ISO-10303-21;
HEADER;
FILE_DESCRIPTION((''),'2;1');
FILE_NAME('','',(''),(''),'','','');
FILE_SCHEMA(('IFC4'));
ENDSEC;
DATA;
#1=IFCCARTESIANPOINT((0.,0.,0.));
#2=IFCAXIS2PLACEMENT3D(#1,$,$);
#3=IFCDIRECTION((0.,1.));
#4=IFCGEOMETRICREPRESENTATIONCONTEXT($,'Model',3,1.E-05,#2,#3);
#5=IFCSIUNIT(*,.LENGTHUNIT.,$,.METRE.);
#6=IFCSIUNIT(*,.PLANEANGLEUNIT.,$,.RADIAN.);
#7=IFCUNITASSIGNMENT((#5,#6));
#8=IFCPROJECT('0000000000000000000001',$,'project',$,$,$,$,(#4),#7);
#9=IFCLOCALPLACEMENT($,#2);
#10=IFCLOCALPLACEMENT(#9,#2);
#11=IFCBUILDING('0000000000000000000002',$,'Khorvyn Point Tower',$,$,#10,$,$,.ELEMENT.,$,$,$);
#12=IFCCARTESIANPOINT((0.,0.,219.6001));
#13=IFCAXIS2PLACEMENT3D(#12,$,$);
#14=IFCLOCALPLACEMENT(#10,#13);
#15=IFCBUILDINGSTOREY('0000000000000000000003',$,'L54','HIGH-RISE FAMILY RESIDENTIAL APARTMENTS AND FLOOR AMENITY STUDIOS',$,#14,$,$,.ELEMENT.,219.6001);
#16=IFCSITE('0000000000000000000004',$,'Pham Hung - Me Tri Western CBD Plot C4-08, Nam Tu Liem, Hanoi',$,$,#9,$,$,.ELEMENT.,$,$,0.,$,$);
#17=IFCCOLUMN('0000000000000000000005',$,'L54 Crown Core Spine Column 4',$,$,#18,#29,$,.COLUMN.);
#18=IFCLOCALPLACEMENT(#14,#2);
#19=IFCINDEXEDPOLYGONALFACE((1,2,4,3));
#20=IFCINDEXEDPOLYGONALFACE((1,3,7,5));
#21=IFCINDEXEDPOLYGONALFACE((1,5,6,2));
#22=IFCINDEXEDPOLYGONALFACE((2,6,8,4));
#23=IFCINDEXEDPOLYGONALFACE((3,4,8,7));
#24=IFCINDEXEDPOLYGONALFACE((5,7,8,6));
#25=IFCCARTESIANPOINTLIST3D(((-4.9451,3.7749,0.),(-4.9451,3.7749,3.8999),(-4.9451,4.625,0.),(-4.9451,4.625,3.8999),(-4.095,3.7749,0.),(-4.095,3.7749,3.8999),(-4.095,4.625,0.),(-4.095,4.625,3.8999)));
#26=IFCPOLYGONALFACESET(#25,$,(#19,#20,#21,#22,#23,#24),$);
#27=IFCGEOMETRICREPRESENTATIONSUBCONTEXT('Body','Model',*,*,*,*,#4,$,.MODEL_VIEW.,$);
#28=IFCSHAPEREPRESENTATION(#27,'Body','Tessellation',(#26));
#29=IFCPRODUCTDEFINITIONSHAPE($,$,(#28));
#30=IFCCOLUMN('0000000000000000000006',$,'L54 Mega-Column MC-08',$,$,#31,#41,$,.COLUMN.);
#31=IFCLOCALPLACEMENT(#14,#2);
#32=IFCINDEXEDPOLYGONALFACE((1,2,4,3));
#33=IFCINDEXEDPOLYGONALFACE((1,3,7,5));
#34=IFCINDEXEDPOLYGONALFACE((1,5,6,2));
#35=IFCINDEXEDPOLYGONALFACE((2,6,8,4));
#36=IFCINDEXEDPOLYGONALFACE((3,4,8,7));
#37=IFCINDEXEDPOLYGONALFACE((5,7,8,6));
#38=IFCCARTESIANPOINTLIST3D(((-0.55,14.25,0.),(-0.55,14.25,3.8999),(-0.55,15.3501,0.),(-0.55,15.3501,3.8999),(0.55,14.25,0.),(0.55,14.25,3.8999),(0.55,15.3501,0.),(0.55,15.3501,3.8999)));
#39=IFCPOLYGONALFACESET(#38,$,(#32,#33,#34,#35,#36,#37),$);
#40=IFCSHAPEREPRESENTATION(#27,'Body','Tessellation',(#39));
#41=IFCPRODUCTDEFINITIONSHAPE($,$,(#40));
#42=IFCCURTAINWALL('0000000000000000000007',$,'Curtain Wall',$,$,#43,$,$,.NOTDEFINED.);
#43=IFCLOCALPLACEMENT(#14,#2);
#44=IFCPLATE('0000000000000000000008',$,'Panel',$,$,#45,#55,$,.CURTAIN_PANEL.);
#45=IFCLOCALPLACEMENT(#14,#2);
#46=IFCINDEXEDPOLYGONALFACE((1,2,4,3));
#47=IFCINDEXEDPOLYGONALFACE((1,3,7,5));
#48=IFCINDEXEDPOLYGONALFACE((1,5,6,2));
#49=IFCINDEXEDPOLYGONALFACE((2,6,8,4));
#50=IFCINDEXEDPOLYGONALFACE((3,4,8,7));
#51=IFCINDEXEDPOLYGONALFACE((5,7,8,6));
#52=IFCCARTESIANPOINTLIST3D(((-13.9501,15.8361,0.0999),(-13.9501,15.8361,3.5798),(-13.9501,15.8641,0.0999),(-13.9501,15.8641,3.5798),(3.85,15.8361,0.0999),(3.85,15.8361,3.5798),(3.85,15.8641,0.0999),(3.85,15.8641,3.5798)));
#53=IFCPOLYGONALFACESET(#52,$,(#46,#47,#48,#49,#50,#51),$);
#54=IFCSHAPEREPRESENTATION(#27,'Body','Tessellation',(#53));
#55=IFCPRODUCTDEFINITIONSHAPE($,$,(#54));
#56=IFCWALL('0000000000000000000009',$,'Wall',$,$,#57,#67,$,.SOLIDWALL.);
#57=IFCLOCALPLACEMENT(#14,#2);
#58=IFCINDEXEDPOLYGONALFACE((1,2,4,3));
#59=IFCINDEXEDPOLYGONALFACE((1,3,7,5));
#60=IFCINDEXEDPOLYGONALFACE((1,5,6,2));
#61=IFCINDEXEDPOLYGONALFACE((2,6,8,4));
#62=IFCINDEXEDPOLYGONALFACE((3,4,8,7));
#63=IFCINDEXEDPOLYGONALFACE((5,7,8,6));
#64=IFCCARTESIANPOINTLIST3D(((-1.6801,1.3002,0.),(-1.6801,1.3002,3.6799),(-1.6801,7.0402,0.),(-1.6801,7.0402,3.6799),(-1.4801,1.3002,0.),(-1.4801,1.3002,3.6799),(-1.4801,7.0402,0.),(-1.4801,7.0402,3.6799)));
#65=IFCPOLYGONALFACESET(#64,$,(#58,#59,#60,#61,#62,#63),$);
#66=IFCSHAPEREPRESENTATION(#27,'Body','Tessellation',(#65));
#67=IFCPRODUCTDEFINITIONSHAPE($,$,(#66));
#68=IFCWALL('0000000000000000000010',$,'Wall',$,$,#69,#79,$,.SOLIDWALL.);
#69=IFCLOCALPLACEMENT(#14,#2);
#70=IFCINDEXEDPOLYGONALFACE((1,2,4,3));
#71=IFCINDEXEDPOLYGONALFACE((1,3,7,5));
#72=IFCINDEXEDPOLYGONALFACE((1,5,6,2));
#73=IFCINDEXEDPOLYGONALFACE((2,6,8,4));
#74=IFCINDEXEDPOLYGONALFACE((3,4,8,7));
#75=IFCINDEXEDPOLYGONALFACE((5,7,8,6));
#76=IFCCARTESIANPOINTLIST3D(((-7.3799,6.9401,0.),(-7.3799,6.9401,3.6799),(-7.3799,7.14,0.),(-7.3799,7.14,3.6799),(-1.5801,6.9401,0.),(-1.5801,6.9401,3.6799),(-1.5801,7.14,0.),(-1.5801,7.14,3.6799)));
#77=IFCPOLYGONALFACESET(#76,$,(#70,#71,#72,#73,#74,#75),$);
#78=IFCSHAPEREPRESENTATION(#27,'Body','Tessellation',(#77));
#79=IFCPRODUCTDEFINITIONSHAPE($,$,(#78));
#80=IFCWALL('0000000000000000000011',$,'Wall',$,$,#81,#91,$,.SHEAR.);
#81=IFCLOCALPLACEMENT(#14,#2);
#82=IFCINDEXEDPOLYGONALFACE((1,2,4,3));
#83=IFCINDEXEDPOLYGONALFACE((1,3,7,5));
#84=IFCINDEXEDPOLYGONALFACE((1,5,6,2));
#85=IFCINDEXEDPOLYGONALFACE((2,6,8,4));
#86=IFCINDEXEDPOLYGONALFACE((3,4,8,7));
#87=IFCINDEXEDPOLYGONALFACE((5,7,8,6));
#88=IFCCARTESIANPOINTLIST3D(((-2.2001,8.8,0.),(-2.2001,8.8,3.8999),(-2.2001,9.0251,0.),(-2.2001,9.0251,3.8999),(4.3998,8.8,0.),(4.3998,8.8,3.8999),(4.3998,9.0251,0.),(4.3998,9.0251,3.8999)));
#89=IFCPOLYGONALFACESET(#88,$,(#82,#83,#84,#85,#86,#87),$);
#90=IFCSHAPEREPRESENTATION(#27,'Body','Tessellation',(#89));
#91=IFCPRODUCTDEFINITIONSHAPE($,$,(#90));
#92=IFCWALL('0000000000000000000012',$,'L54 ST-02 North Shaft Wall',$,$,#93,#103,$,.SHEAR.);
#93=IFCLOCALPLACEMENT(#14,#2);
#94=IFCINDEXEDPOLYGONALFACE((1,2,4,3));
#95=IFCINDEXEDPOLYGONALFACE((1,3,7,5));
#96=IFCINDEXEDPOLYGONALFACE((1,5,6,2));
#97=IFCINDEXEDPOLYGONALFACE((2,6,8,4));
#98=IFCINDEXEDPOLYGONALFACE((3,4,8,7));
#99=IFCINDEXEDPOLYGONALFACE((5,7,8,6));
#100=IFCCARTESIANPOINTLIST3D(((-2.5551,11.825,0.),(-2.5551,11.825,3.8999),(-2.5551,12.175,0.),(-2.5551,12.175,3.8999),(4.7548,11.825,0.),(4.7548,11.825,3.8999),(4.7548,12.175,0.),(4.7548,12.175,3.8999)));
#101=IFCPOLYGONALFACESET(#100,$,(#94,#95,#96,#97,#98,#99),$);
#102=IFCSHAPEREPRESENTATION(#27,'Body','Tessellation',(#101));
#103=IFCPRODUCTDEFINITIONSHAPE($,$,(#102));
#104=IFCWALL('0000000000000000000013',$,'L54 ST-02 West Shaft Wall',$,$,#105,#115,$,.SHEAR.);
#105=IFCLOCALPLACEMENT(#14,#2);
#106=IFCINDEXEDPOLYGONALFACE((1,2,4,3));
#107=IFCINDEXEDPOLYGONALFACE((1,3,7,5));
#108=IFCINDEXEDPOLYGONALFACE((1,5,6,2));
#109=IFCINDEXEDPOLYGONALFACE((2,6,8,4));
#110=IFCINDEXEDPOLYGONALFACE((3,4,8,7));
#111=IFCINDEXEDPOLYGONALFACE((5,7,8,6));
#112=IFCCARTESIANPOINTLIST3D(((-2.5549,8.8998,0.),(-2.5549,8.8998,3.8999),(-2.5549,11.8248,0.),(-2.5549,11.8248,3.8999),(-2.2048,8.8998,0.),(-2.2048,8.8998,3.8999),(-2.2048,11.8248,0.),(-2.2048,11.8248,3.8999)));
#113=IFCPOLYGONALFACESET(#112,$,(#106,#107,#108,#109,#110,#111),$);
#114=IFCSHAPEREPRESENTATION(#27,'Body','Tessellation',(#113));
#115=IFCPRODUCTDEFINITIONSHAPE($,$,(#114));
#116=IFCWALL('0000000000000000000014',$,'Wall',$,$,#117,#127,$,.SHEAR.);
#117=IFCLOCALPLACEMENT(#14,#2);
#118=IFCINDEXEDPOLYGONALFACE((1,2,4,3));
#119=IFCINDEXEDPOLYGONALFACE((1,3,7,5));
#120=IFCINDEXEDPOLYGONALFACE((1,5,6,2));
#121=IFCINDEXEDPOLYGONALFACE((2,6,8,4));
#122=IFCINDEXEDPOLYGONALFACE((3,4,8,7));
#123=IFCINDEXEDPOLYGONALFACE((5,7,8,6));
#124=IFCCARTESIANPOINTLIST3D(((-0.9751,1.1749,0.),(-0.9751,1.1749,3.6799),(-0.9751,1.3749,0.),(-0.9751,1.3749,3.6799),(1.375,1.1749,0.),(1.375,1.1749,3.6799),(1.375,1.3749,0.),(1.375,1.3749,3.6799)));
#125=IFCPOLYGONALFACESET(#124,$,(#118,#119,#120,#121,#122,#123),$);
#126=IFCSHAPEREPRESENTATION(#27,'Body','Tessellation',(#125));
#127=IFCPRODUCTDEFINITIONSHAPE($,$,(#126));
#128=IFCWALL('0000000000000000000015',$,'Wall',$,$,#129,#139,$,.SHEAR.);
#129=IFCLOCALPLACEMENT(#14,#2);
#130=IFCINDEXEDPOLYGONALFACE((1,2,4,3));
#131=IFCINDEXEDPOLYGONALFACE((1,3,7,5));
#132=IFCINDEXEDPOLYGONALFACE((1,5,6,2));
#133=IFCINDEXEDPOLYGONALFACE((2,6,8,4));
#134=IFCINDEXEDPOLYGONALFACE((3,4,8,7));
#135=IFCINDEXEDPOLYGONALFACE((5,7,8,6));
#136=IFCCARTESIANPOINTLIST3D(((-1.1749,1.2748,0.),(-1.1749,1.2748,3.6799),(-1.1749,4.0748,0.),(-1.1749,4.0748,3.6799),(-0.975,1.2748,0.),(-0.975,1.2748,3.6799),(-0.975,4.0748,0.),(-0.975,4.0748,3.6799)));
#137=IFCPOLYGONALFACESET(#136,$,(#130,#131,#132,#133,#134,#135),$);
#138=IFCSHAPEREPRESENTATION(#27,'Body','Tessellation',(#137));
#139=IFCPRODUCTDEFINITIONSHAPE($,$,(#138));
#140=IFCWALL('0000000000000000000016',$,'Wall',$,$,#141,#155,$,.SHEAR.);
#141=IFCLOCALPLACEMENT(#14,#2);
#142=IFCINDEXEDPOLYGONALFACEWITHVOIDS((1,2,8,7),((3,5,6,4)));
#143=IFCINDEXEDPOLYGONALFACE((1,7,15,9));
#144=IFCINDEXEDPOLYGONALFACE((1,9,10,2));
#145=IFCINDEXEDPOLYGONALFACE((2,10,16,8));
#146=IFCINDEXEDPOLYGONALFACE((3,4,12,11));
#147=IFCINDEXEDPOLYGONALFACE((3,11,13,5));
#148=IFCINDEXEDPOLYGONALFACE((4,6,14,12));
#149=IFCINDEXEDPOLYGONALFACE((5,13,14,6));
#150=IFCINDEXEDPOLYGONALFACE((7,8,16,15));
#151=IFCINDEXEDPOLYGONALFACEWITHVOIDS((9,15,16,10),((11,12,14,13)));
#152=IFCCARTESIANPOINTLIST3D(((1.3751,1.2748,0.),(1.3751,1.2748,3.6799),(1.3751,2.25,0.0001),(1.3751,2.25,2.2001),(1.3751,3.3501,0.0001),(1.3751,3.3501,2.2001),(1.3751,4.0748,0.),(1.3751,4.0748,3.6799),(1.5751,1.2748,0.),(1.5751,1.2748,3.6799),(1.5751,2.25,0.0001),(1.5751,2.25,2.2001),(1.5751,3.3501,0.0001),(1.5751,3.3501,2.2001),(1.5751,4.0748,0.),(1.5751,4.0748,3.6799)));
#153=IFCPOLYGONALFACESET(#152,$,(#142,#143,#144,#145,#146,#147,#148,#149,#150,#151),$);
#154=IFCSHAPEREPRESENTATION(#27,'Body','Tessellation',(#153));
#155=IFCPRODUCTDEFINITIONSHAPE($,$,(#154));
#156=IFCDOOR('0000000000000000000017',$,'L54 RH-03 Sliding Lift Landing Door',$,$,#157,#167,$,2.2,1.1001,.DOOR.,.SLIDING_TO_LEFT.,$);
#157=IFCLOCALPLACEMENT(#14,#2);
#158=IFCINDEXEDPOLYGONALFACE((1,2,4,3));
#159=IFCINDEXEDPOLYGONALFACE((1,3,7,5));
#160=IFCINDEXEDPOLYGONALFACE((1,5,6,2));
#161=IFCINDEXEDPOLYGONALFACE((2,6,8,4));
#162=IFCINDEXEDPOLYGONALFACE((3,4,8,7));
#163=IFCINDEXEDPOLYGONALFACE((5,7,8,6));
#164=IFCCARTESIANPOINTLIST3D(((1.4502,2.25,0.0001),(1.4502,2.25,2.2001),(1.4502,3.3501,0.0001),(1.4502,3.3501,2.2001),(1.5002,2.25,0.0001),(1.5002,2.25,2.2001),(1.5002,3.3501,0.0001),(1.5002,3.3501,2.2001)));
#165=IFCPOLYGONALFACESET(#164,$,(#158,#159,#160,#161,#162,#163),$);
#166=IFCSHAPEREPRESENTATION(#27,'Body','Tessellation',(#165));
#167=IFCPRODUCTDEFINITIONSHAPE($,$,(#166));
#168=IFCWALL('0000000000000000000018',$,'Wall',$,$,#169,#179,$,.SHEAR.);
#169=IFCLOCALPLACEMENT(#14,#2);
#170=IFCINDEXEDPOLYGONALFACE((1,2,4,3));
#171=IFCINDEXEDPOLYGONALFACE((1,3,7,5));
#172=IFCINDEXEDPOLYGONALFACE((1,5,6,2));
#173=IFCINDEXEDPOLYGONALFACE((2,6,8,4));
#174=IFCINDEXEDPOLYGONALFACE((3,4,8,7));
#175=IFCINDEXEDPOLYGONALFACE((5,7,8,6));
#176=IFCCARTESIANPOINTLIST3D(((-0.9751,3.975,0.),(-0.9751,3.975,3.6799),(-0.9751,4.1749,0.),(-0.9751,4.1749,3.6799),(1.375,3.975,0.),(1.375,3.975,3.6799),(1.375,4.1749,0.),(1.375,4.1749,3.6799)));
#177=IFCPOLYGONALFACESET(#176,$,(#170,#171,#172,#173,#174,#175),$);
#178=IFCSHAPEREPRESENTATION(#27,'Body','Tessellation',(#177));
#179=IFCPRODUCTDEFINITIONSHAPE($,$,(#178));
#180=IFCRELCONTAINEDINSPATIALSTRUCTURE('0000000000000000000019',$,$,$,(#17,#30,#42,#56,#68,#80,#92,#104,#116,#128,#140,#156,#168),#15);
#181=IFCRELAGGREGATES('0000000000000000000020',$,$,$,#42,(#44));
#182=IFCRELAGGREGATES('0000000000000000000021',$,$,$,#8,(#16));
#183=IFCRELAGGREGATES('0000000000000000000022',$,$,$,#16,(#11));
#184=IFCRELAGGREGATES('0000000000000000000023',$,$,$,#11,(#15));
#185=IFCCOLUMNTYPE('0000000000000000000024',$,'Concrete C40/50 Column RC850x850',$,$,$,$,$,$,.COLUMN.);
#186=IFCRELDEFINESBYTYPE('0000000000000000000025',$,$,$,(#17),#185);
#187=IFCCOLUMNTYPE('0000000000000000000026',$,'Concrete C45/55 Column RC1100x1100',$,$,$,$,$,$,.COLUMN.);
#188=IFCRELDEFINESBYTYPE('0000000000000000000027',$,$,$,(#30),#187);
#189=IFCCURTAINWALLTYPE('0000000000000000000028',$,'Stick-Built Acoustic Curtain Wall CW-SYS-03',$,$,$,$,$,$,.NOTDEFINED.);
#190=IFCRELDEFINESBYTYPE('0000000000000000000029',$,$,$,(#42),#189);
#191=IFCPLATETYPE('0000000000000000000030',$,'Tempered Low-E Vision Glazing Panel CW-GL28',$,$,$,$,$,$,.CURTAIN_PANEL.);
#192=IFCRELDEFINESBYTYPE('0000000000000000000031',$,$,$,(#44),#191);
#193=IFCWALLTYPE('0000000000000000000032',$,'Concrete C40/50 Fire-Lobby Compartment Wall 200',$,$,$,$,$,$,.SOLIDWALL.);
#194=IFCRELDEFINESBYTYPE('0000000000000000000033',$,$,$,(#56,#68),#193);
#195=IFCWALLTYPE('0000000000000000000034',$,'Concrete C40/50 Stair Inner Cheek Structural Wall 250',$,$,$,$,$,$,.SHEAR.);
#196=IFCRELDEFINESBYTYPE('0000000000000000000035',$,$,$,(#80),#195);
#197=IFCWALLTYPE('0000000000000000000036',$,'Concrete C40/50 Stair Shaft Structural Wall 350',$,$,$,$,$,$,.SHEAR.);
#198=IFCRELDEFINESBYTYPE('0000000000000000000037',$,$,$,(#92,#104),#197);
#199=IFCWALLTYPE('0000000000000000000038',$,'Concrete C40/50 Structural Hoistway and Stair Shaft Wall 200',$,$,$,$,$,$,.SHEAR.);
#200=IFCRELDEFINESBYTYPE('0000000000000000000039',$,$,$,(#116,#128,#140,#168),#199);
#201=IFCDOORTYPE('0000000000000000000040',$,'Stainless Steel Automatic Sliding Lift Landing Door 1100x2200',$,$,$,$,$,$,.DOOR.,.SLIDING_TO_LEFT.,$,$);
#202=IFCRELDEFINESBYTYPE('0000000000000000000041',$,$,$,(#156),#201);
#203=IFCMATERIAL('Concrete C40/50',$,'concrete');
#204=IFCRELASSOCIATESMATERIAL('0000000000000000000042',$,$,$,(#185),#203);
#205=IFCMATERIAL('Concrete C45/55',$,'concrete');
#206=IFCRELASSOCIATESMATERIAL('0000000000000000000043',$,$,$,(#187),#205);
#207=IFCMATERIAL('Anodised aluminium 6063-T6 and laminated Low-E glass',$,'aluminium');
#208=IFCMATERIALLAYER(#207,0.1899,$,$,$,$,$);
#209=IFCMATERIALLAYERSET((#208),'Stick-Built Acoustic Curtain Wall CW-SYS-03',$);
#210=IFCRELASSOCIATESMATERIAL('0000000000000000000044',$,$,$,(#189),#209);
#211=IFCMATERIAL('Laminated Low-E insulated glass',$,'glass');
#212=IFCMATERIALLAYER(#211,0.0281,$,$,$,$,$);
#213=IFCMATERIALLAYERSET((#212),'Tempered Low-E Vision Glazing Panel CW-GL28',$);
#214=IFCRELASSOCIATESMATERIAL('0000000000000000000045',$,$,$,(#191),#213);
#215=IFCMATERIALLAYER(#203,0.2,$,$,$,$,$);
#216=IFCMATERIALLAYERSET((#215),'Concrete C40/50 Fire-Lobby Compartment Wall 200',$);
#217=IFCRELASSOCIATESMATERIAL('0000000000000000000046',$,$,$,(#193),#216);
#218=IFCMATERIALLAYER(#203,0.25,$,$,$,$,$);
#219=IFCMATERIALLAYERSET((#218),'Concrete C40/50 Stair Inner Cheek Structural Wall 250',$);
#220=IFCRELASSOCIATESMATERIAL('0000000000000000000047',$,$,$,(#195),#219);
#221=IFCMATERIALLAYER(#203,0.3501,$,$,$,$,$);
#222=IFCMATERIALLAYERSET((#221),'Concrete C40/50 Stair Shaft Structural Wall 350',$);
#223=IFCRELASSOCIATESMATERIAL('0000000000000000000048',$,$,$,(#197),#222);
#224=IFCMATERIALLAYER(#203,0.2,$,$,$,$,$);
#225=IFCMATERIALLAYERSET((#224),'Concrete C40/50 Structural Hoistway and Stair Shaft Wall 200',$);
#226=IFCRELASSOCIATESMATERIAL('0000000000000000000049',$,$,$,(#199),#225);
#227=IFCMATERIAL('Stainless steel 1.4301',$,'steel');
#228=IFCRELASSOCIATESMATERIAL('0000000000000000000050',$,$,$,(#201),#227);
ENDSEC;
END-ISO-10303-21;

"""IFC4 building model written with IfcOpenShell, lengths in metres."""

from ifc_helpers import new_model, si_unit, direction, frame, frame_2d, origin, origin_2d, place, context, subcontext, project, spatial, rectangle, extrude, material, layer, layer_set, material_profile, profile_set, type_object, element, fill, aggregate, save


model = new_model("IFC4")

# Units and contexts
model_context = context("Model", 3, precision=1e-05, world=origin(), true_north=direction((0.0, 1.0)))
body_context = subcontext(model_context, "Body", "Model", "MODEL_VIEW")
ifc_project = project(units=[si_unit("LENGTHUNIT", "METRE"), si_unit("PLANEANGLEUNIT", "RADIAN")], contexts=[model_context])

# Site, building, storey
site_placement = place(None, origin())
site = spatial("IfcSite", under=ifc_project, at=site_placement, Name="Pham Hung - Me Tri Western CBD Plot C4-08, Nam Tu Liem, Hanoi", CompositionType="ELEMENT", RefElevation=0.0)
building_placement = place(site_placement, origin())
building = spatial("IfcBuilding", under=site, at=building_placement, Name="Khorvyn Point Tower", CompositionType="ELEMENT")
storey_placement = place(building_placement, frame((0.0, 0.0, 219.6001)))
storey = spatial("IfcBuildingStorey", under=building, at=storey_placement, Name="L54", Description="HIGH-RISE FAMILY RESIDENTIAL APARTMENTS AND FLOOR AMENITY STUDIOS", CompositionType="ELEMENT", Elevation=219.6001)

# Columns
ifc_material_1 = material(Name="Concrete C40/50", Category="concrete")
ifc_material_profile_1 = material_profile(ifc_material_1, rectangle(XDim=0.8501, YDim=0.8501, at=origin_2d()))
ifc_profile_set_1 = profile_set([ifc_material_profile_1], Name="Concrete C40/50 RC850x850")
column_type_1 = type_object("IfcColumnType", Name="Concrete C40/50 Column RC850x850", PredefinedType="COLUMN", material=ifc_profile_set_1)
column_1_placement = place(storey_placement, frame((-4.52, 4.2, 0.0), z_axis=(0.0, 0.0, 1.0), x_axis=(1.0, 0.0, 0.0)))
element("IfcColumn", 1, at=column_1_placement, inside=storey, type_object=column_type_1, Name="L54 Crown Core Spine Column 4", PredefinedType="COLUMN", context=body_context, shape_type="SweptSolid", body=[
    extrude(rectangle(XDim=0.8501, YDim=0.8501, at=origin_2d()), origin(), (0.0, 0.0, 1.0), 3.8999),
])
ifc_material_2 = material(Name="Concrete C45/55", Category="concrete")
ifc_material_profile_2 = material_profile(ifc_material_2, rectangle(XDim=1.1001, YDim=1.1001, at=origin_2d()))
ifc_profile_set_2 = profile_set([ifc_material_profile_2], Name="Concrete C45/55 RC1100x1100")
column_type_2 = type_object("IfcColumnType", Name="Concrete C45/55 Column RC1100x1100", PredefinedType="COLUMN", material=ifc_profile_set_2)
column_2_placement = place(storey_placement, frame((0.0, 14.8, 0.0), z_axis=(0.0, 0.0, 1.0), x_axis=(1.0, 0.0, 0.0)))
element("IfcColumn", 2, at=column_2_placement, inside=storey, type_object=column_type_2, Name="L54 Mega-Column MC-08", PredefinedType="COLUMN", context=body_context, shape_type="SweptSolid", body=[
    extrude(rectangle(XDim=1.1001, YDim=1.1001, at=origin_2d()), origin(), (0.0, 0.0, 1.0), 3.8999),
])

# Curtain wall, plate
ifc_material_3 = material(Name="Anodised aluminium 6063-T6 and laminated Low-E glass", Category="aluminium")
ifc_layer_1 = layer(ifc_material_3, 0.1899)
ifc_layer_set_1 = layer_set([ifc_layer_1], Name="Stick-Built Acoustic Curtain Wall CW-SYS-03")
curtain_wall_type = type_object("IfcCurtainWallType", Name="Stick-Built Acoustic Curtain Wall CW-SYS-03", PredefinedType="NOTDEFINED", material=ifc_layer_set_1)
curtain_wall_placement = place(storey_placement, origin())
curtain_wall = element("IfcCurtainWall", 3, at=curtain_wall_placement, inside=storey, type_object=curtain_wall_type, Name="Curtain Wall", PredefinedType="NOTDEFINED")
ifc_material_4 = material(Name="Laminated Low-E insulated glass", Category="glass")
ifc_layer_2 = layer(ifc_material_4, 0.0281)
ifc_layer_set_2 = layer_set([ifc_layer_2], Name="Tempered Low-E Vision Glazing Panel CW-GL28")
plate_type = type_object("IfcPlateType", Name="Tempered Low-E Vision Glazing Panel CW-GL28", PredefinedType="CURTAIN_PANEL", material=ifc_layer_set_2)
plate_placement = place(storey_placement, frame((-5.05, 15.8501, 0.0999), z_axis=(0.0, 0.0, 1.0), x_axis=(1.0, 0.0, 0.0)))
plate = element("IfcPlate", 4, at=plate_placement, type_object=plate_type, Name="Panel", PredefinedType="CURTAIN_PANEL", context=body_context, shape_type="SweptSolid", body=[
    extrude(rectangle(XDim=17.8, YDim=0.0281, at=origin_2d()), origin(), (0.0, 0.0, 1.0), 3.48),
])
aggregate(curtain_wall, [plate])

# Walls
ifc_layer_3 = layer(ifc_material_1, 0.2)
ifc_layer_set_3 = layer_set([ifc_layer_3], Name="Concrete C40/50 Fire-Lobby Compartment Wall 200")
wall_type_1 = type_object("IfcWallType", Name="Concrete C40/50 Fire-Lobby Compartment Wall 200", PredefinedType="SOLIDWALL", material=ifc_layer_set_3)
wall_1_placement = place(storey_placement, frame((-1.5801, 1.3, 0.0), z_axis=(0.0, 0.0, 1.0), x_axis=(0.0, 1.0, 0.0)))
element("IfcWall", 5, at=wall_1_placement, inside=storey, type_object=wall_type_1, Name="Wall", PredefinedType="SOLIDWALL", context=body_context, shape_type="SweptSolid", body=[
    extrude(rectangle(XDim=5.74, YDim=0.2, at=frame_2d((2.8701, 0.0))), origin(), (0.0, 0.0, 1.0), 3.6799),
])
wall_2_placement = place(storey_placement, frame((-7.3799, 7.04, 0.0), z_axis=(0.0, 0.0, 1.0), x_axis=(1.0, 0.0, 0.0)))
element("IfcWall", 6, at=wall_2_placement, inside=storey, type_object=wall_type_1, Name="Wall", PredefinedType="SOLIDWALL", context=body_context, shape_type="SweptSolid", body=[
    extrude(rectangle(XDim=5.7998, YDim=0.2, at=frame_2d((2.8999, 0.0))), origin(), (0.0, 0.0, 1.0), 3.6799),
])
ifc_layer_4 = layer(ifc_material_1, 0.25)
ifc_layer_set_4 = layer_set([ifc_layer_4], Name="Concrete C40/50 Stair Inner Cheek Structural Wall 250")
wall_type_2 = type_object("IfcWallType", Name="Concrete C40/50 Stair Inner Cheek Structural Wall 250", PredefinedType="SHEAR", material=ifc_layer_set_4)
wall_3_placement = place(storey_placement, frame((-2.2, 8.9126, 0.0), z_axis=(0.0, 0.0, 1.0), x_axis=(1.0, 0.0, 0.0)))
element("IfcWall", 7, at=wall_3_placement, inside=storey, type_object=wall_type_2, Name="Wall", PredefinedType="SHEAR", context=body_context, shape_type="SweptSolid", body=[
    extrude(rectangle(XDim=6.5999, YDim=0.2251, at=frame_2d((3.2998, 0.0))), origin(), (0.0, 0.0, 1.0), 3.8999),
])
ifc_layer_5 = layer(ifc_material_1, 0.3501)
ifc_layer_set_5 = layer_set([ifc_layer_5], Name="Concrete C40/50 Stair Shaft Structural Wall 350")
wall_type_3 = type_object("IfcWallType", Name="Concrete C40/50 Stair Shaft Structural Wall 350", PredefinedType="SHEAR", material=ifc_layer_set_5)
wall_4_placement = place(storey_placement, frame((-2.5549, 12.0, 0.0), z_axis=(0.0, 0.0, 1.0), x_axis=(1.0, 0.0, 0.0)))
element("IfcWall", 8, at=wall_4_placement, inside=storey, type_object=wall_type_3, Name="L54 ST-02 North Shaft Wall", PredefinedType="SHEAR", context=body_context, shape_type="SweptSolid", body=[
    extrude(rectangle(XDim=7.3098, YDim=0.3501, at=frame_2d((3.6548, 0.0))), origin(), (0.0, 0.0, 1.0), 3.8999),
])
wall_5_placement = place(storey_placement, frame((-2.3799, 8.8999, 0.0), z_axis=(0.0, 0.0, 1.0), x_axis=(0.0, 1.0, 0.0)))
element("IfcWall", 9, at=wall_5_placement, inside=storey, type_object=wall_type_3, Name="L54 ST-02 West Shaft Wall", PredefinedType="SHEAR", context=body_context, shape_type="SweptSolid", body=[
    extrude(rectangle(XDim=2.925, YDim=0.3501, at=frame_2d((1.4624, 0.0))), origin(), (0.0, 0.0, 1.0), 3.8999),
])
ifc_layer_6 = layer(ifc_material_1, 0.2)
ifc_layer_set_6 = layer_set([ifc_layer_6], Name="Concrete C40/50 Structural Hoistway and Stair Shaft Wall 200")
wall_type_4 = type_object("IfcWallType", Name="Concrete C40/50 Structural Hoistway and Stair Shaft Wall 200", PredefinedType="SHEAR", material=ifc_layer_set_6)
wall_6_placement = place(storey_placement, frame((-0.9751, 1.2749, 0.0), z_axis=(0.0, 0.0, 1.0), x_axis=(1.0, 0.0, 0.0)))
element("IfcWall", 10, at=wall_6_placement, inside=storey, type_object=wall_type_4, Name="Wall", PredefinedType="SHEAR", context=body_context, shape_type="SweptSolid", body=[
    extrude(rectangle(XDim=2.3501, YDim=0.2, at=frame_2d((1.175, 0.0))), origin(), (0.0, 0.0, 1.0), 3.6799),
])
wall_7_placement = place(storey_placement, frame((-1.075, 1.2749, 0.0), z_axis=(0.0, 0.0, 1.0), x_axis=(0.0, 1.0, 0.0)))
element("IfcWall", 11, at=wall_7_placement, inside=storey, type_object=wall_type_4, Name="Wall", PredefinedType="SHEAR", context=body_context, shape_type="SweptSolid", body=[
    extrude(rectangle(XDim=2.8, YDim=0.2, at=frame_2d((1.3999, 0.0))), origin(), (0.0, 0.0, 1.0), 3.6799),
])

# Wall, opening, door
wall_8_placement = place(storey_placement, frame((1.4751, 1.2749, 0.0), z_axis=(0.0, 0.0, 1.0), x_axis=(0.0, 1.0, 0.0)))
wall_8 = element("IfcWall", 12, at=wall_8_placement, inside=storey, type_object=wall_type_4, Name="Wall", PredefinedType="SHEAR", context=body_context, shape_type="SweptSolid", body=[
    extrude(rectangle(XDim=2.8, YDim=0.2, at=frame_2d((1.3999, 0.0))), origin(), (0.0, 0.0, 1.0), 3.6799),
])
opening_1_placement = place(wall_8_placement, frame((0.9751, 0.0, 0.0)))
opening_1 = element("IfcOpeningElement", 13, at=opening_1_placement, cuts=wall_8, PredefinedType="OPENING", context=body_context, shape_type="SweptSolid", body=[
    extrude(rectangle(XDim=1.1001, YDim=2.2, at=frame_2d((0.55, 1.1001))), frame((0.0, 0.1099, 0.0), z_axis=(0.0, -1.0, 0.0), x_axis=(1.0, 0.0, 0.0)), (0.0, 0.0, 1.0), 0.22),
])
ifc_material_5 = material(Name="Stainless steel 1.4301", Category="steel")
door_type_1 = type_object("IfcDoorType", Name="Stainless Steel Automatic Sliding Lift Landing Door 1100x2200", OperationType="SLIDING_TO_LEFT", PredefinedType="DOOR", material=ifc_material_5)
door_1_placement = place(opening_1_placement, origin())
door_1 = element("IfcDoor", 14, at=door_1_placement, inside=storey, type_object=door_type_1, Name="L54 RH-03 Sliding Lift Landing Door", OperationType="SLIDING_TO_LEFT", OverallHeight=2.2, OverallWidth=1.1001, PredefinedType="DOOR", context=body_context, shape_type="SweptSolid", body=[
    extrude(rectangle(XDim=1.1001, YDim=2.2, at=frame_2d((0.55, 1.1001))), frame((0.0, 0.0249, 0.0), z_axis=(0.0, -1.0, 0.0), x_axis=(1.0, 0.0, 0.0)), (0.0, 0.0, 1.0), 0.05),
])
fill(opening_1, door_1)

# Wall
wall_9_placement = place(storey_placement, frame((-0.9751, 4.075, 0.0), z_axis=(0.0, 0.0, 1.0), x_axis=(1.0, 0.0, 0.0)))
element("IfcWall", 15, at=wall_9_placement, inside=storey, type_object=wall_type_4, Name="Wall", PredefinedType="SHEAR", context=body_context, shape_type="SweptSolid", body=[
    extrude(rectangle(XDim=2.3501, YDim=0.2, at=frame_2d((1.175, 0.0))), origin(), (0.0, 0.0, 1.0), 3.6799),
])

save(model, "model.ifc")
